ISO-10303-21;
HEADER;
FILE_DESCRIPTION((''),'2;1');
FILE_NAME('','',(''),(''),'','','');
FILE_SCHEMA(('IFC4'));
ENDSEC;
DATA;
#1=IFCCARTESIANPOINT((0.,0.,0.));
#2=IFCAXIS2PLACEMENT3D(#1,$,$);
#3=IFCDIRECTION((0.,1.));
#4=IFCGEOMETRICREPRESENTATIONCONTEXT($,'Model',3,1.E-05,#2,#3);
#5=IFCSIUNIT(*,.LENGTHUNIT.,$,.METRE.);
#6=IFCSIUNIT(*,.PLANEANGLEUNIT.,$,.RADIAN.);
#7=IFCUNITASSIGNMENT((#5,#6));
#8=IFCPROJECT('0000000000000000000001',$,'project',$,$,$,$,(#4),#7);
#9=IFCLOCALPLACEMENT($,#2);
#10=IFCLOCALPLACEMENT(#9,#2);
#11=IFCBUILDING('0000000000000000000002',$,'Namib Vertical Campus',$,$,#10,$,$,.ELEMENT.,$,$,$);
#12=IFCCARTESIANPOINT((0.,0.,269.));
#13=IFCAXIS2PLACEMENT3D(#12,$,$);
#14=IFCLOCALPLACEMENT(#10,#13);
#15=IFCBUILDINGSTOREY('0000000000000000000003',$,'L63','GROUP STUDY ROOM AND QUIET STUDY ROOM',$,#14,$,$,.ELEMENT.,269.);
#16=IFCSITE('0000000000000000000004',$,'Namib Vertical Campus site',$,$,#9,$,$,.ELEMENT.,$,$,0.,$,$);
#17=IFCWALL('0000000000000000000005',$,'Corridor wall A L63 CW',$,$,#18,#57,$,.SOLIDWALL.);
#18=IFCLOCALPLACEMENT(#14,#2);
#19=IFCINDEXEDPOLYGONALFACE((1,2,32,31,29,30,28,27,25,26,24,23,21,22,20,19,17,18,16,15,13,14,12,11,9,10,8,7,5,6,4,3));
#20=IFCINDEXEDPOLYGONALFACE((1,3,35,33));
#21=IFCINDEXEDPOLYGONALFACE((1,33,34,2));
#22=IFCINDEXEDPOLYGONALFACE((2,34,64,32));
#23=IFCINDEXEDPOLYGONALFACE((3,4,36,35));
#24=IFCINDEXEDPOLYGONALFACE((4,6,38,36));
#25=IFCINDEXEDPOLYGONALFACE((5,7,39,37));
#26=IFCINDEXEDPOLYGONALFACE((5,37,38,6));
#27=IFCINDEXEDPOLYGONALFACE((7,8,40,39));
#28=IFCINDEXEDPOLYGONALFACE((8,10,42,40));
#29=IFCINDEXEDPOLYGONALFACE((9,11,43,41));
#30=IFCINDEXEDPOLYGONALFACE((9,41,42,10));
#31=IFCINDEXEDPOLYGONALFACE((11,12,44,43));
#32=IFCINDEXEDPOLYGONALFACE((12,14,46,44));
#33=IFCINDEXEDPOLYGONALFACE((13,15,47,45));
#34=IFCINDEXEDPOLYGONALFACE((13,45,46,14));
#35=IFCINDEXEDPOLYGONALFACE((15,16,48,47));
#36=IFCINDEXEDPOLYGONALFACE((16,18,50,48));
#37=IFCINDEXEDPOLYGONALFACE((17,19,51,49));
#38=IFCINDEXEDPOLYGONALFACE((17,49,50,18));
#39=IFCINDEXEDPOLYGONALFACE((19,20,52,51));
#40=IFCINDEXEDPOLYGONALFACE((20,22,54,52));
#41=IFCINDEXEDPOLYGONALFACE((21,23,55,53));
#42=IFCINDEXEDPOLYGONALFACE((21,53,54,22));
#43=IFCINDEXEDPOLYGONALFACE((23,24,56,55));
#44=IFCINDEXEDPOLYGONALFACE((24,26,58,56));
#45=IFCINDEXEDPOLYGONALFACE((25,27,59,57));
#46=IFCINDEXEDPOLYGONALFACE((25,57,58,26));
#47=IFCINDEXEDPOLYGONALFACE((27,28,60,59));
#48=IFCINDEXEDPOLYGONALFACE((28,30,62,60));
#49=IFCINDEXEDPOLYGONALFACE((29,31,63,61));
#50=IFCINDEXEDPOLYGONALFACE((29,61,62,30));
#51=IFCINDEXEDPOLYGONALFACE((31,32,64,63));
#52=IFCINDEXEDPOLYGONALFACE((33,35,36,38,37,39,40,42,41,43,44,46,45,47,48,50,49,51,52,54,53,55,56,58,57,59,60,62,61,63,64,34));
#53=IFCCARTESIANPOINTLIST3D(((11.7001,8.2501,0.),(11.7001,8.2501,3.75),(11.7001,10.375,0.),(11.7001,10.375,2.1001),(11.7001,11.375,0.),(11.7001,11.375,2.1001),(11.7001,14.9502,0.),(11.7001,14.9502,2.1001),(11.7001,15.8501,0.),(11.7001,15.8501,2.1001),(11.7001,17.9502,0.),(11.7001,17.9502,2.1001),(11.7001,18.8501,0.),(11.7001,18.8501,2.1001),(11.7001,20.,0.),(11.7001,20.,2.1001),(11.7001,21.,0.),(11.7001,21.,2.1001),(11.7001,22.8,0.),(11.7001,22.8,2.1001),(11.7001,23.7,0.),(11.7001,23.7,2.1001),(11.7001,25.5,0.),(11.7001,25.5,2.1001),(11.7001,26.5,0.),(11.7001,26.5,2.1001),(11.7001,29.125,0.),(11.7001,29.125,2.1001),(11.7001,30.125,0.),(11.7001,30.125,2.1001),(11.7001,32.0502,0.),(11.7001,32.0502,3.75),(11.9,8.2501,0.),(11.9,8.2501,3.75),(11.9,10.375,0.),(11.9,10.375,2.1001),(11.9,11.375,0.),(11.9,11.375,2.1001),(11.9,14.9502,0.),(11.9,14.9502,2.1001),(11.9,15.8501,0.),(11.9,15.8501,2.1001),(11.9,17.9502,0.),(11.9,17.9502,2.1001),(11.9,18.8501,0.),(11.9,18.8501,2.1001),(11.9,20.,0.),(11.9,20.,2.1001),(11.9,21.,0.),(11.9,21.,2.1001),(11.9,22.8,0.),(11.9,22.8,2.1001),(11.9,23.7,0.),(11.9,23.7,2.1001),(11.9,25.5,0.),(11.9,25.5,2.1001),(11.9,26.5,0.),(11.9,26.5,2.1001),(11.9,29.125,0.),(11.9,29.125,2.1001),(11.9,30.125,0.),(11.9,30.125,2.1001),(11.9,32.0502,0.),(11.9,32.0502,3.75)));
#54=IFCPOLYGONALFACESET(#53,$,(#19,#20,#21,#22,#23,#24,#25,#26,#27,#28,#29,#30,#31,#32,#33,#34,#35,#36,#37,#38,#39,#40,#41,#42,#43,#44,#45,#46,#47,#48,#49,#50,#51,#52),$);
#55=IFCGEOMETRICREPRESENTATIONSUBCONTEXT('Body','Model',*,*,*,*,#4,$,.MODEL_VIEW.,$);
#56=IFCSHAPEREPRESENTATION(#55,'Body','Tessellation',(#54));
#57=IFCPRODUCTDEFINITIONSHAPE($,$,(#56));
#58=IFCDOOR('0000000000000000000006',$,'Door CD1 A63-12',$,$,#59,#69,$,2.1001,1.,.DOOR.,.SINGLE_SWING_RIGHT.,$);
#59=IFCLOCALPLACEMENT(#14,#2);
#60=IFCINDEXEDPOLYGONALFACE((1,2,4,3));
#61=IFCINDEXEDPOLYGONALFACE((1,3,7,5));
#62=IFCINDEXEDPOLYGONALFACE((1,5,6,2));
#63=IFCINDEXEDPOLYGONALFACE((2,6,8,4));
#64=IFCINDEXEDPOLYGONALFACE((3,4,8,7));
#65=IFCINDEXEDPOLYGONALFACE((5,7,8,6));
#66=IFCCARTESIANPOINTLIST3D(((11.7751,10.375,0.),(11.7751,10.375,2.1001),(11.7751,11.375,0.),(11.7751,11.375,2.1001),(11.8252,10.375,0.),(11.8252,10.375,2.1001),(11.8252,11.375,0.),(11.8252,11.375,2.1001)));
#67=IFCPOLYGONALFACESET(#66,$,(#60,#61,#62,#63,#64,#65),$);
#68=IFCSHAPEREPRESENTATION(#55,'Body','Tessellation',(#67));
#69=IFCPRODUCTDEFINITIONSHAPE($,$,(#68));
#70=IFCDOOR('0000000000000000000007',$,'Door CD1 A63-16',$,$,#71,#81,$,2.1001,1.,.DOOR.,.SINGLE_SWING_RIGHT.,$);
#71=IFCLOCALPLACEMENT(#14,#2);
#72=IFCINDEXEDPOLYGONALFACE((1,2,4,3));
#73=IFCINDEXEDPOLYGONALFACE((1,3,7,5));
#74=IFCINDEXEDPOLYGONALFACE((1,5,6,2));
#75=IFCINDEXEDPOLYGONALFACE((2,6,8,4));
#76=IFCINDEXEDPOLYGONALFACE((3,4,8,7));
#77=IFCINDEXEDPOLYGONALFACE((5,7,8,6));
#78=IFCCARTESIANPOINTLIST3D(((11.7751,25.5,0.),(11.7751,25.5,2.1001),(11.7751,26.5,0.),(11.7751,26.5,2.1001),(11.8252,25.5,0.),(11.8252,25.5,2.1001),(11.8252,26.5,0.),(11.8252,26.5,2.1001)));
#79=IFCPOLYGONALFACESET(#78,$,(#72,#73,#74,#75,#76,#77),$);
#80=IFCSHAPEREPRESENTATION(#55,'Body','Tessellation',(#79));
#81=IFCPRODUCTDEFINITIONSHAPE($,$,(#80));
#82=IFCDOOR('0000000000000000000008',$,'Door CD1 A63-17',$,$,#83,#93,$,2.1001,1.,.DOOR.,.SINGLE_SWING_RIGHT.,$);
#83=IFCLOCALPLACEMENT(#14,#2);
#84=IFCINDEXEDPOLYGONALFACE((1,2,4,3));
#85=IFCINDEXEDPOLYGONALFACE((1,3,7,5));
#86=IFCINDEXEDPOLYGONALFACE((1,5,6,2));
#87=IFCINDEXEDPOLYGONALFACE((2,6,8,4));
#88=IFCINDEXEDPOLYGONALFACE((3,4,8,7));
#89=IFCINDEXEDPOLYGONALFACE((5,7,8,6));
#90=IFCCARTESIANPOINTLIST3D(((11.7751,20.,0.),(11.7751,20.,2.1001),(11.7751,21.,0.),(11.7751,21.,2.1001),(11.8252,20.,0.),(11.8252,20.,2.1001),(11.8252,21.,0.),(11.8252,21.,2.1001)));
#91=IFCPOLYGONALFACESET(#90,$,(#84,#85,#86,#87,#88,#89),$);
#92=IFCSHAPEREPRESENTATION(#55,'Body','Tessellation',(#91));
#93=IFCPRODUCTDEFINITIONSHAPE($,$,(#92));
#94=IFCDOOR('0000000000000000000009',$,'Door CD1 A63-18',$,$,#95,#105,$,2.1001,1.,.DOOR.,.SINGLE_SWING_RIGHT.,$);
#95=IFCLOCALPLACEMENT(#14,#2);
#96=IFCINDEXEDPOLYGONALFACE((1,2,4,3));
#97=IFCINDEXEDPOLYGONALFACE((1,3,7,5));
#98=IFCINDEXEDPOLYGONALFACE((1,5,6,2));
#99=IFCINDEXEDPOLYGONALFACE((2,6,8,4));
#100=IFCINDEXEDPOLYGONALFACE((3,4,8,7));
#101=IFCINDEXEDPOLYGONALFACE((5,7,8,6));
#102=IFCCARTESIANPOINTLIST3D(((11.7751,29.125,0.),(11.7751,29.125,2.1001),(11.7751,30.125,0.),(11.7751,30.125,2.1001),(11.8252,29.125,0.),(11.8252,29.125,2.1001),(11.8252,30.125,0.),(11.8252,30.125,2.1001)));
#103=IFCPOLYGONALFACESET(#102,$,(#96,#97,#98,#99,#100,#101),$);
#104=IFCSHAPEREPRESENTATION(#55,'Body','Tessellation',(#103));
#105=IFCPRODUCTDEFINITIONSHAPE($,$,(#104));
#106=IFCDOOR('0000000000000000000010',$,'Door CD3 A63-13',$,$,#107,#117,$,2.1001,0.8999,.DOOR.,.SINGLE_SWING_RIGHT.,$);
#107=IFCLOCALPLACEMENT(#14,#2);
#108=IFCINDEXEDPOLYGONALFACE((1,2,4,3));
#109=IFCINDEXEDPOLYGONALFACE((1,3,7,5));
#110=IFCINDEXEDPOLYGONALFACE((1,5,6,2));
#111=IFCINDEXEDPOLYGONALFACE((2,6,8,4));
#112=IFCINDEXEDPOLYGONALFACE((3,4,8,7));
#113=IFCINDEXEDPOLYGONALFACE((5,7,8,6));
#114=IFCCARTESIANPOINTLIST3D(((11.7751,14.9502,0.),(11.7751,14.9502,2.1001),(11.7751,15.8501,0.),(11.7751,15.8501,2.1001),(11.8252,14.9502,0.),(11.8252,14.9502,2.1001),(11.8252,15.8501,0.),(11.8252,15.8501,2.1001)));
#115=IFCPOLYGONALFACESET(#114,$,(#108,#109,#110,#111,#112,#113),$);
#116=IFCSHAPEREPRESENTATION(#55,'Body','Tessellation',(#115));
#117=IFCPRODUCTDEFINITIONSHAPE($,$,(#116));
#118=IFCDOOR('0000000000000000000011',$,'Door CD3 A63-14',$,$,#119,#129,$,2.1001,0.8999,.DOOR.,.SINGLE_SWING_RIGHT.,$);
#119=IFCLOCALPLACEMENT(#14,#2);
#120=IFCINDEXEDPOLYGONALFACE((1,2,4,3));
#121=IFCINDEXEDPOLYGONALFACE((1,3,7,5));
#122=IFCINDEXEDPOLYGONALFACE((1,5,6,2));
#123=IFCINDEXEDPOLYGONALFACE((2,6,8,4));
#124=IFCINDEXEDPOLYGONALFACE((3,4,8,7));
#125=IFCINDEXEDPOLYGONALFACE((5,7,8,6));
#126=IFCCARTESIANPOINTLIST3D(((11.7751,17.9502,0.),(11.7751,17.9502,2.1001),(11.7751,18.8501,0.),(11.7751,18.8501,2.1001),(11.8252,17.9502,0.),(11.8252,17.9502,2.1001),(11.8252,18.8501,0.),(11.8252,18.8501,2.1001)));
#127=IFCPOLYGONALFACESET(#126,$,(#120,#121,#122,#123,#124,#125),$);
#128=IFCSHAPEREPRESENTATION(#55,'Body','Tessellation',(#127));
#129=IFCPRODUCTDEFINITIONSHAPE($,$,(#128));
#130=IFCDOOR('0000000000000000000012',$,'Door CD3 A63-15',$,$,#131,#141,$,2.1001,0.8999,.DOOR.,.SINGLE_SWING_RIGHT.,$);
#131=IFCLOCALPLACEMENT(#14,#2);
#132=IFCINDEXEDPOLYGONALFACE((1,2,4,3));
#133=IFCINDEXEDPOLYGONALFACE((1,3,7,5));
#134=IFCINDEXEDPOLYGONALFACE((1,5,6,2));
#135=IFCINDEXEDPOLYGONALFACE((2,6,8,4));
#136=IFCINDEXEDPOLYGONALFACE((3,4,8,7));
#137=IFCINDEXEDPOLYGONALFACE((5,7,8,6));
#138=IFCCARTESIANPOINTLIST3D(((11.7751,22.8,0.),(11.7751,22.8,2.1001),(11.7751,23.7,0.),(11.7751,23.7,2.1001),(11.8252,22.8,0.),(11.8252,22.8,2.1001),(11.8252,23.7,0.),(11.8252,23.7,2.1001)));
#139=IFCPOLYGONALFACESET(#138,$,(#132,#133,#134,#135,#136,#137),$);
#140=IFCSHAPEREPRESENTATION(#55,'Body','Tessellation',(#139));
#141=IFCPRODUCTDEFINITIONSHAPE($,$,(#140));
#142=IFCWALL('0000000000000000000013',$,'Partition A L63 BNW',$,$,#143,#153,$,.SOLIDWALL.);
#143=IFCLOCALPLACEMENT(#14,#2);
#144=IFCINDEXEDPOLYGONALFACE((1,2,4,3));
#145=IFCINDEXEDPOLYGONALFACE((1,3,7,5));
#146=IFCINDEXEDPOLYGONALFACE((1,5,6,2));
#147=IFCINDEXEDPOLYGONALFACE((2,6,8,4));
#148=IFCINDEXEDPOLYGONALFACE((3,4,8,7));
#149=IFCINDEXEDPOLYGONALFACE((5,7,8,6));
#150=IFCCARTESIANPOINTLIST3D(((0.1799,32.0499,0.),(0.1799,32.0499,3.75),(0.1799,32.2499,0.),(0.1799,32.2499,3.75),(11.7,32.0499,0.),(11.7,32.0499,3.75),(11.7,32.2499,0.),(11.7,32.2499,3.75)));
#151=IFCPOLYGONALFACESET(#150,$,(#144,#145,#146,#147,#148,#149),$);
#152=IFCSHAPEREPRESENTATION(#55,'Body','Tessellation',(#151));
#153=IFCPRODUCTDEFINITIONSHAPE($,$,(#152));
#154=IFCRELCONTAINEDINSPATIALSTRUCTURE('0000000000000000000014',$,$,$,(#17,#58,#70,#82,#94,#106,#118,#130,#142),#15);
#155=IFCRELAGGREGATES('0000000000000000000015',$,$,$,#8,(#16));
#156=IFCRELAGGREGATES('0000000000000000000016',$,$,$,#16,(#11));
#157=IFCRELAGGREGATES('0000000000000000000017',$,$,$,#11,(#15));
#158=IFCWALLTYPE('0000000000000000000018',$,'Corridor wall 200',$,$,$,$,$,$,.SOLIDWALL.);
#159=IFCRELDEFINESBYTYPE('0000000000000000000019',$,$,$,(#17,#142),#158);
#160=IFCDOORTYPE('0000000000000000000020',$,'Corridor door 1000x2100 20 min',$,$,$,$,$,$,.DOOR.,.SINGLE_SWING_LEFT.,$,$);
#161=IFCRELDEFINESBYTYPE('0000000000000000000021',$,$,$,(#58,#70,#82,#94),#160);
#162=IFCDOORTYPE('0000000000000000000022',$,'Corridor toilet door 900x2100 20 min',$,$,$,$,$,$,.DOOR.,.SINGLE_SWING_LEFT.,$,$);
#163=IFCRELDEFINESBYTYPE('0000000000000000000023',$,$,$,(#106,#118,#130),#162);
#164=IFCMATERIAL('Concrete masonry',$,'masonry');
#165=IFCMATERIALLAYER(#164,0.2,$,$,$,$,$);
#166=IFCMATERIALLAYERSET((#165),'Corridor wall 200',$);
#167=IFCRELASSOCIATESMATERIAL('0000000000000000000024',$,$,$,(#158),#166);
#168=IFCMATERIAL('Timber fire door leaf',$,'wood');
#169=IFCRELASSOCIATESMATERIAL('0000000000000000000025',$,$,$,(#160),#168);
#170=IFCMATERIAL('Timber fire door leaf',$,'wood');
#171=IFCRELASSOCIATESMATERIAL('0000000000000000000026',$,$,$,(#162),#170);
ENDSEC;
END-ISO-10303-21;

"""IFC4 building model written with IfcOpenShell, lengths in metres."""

from ifc_helpers import new_model, si_unit, direction, frame, frame_2d, origin, place, context, subcontext, project, spatial, rectangle, extrude, material, layer, layer_set, type_object, element, fill, save


model = new_model("IFC4")

# Units and contexts
model_context = context("Model", 3, precision=1e-05, world=origin(), true_north=direction((0.0, 1.0)))
body_context = subcontext(model_context, "Body", "Model", "MODEL_VIEW")
ifc_project = project(units=[si_unit("LENGTHUNIT", "METRE"), si_unit("PLANEANGLEUNIT", "RADIAN")], contexts=[model_context])

# Site, building, storey
site_placement = place(None, origin())
site = spatial("IfcSite", under=ifc_project, at=site_placement, Name="Namib Vertical Campus site", CompositionType="ELEMENT", RefElevation=0.0)
building_placement = place(site_placement, origin())
building = spatial("IfcBuilding", under=site, at=building_placement, Name="Namib Vertical Campus", CompositionType="ELEMENT")
storey_placement = place(building_placement, frame((0.0, 0.0, 269.0)))
storey = spatial("IfcBuildingStorey", under=building, at=storey_placement, Name="L63", Description="GROUP STUDY ROOM AND QUIET STUDY ROOM", CompositionType="ELEMENT", Elevation=269.0)

# Wall, openings, doors
ifc_material_1 = material(Name="Concrete masonry", Category="masonry")
ifc_layer_1 = layer(ifc_material_1, 0.2)
ifc_layer_set_1 = layer_set([ifc_layer_1], Name="Corridor wall 200")
wall_type_1 = type_object("IfcWallType", Name="Corridor wall 200", PredefinedType="SOLIDWALL", material=ifc_layer_set_1)
wall_1_placement = place(storey_placement, frame((11.8, 32.05, 0.0), z_axis=(0.0, 0.0, 1.0), x_axis=(0.0, -1.0, 0.0)))
wall_1 = element("IfcWall", 1, at=wall_1_placement, inside=storey, type_object=wall_type_1, Name="Corridor wall A L63 CW", PredefinedType="SOLIDWALL", context=body_context, shape_type="SweptSolid", body=[
    extrude(rectangle(XDim=23.8, YDim=0.2, at=frame_2d((11.8999, 0.0))), origin(), (0.0, 0.0, 1.0), 3.75),
])
opening_1_placement = place(wall_1_placement, frame((20.675, 0.0, 0.0)))
opening_1 = element("IfcOpeningElement", 2, at=opening_1_placement, cuts=wall_1, PredefinedType="OPENING", context=body_context, shape_type="SweptSolid", body=[
    extrude(rectangle(XDim=1.0, YDim=2.1001, at=frame_2d((0.5, 1.05))), frame((0.0, 0.1099, 0.0), z_axis=(0.0, -1.0, 0.0), x_axis=(1.0, 0.0, 0.0)), (0.0, 0.0, 1.0), 0.22),
])
opening_2_placement = place(wall_1_placement, frame((16.2, 0.0, 0.0)))
opening_2 = element("IfcOpeningElement", 3, at=opening_2_placement, cuts=wall_1, PredefinedType="OPENING", context=body_context, shape_type="SweptSolid", body=[
    extrude(rectangle(XDim=0.8999, YDim=2.1001, at=frame_2d((0.45, 1.05))), frame((0.0, 0.1099, 0.0), z_axis=(0.0, -1.0, 0.0), x_axis=(1.0, 0.0, 0.0)), (0.0, 0.0, 1.0), 0.22),
])
opening_3_placement = place(wall_1_placement, frame((13.2, 0.0, 0.0)))
opening_3 = element("IfcOpeningElement", 4, at=opening_3_placement, cuts=wall_1, PredefinedType="OPENING", context=body_context, shape_type="SweptSolid", body=[
    extrude(rectangle(XDim=0.8999, YDim=2.1001, at=frame_2d((0.45, 1.05))), frame((0.0, 0.1099, 0.0), z_axis=(0.0, -1.0, 0.0), x_axis=(1.0, 0.0, 0.0)), (0.0, 0.0, 1.0), 0.22),
])
opening_4_placement = place(wall_1_placement, frame((8.3501, 0.0, 0.0)))
opening_4 = element("IfcOpeningElement", 5, at=opening_4_placement, cuts=wall_1, PredefinedType="OPENING", context=body_context, shape_type="SweptSolid", body=[
    extrude(rectangle(XDim=0.8999, YDim=2.1001, at=frame_2d((0.45, 1.05))), frame((0.0, 0.1099, 0.0), z_axis=(0.0, -1.0, 0.0), x_axis=(1.0, 0.0, 0.0)), (0.0, 0.0, 1.0), 0.22),
])
opening_5_placement = place(wall_1_placement, frame((5.55, 0.0, 0.0)))
opening_5 = element("IfcOpeningElement", 6, at=opening_5_placement, cuts=wall_1, PredefinedType="OPENING", context=body_context, shape_type="SweptSolid", body=[
    extrude(rectangle(XDim=1.0, YDim=2.1001, at=frame_2d((0.5, 1.05))), frame((0.0, 0.1099, 0.0), z_axis=(0.0, -1.0, 0.0), x_axis=(1.0, 0.0, 0.0)), (0.0, 0.0, 1.0), 0.22),
])
opening_6_placement = place(wall_1_placement, frame((11.05, 0.0, 0.0)))
opening_6 = element("IfcOpeningElement", 7, at=opening_6_placement, cuts=wall_1, PredefinedType="OPENING", context=body_context, shape_type="SweptSolid", body=[
    extrude(rectangle(XDim=1.0, YDim=2.1001, at=frame_2d((0.5, 1.05))), frame((0.0, 0.1099, 0.0), z_axis=(0.0, -1.0, 0.0), x_axis=(1.0, 0.0, 0.0)), (0.0, 0.0, 1.0), 0.22),
])
opening_7_placement = place(wall_1_placement, frame((1.925, 0.0, 0.0)))
opening_7 = element("IfcOpeningElement", 8, at=opening_7_placement, cuts=wall_1, PredefinedType="OPENING", context=body_context, shape_type="SweptSolid", body=[
    extrude(rectangle(XDim=1.0, YDim=2.1001, at=frame_2d((0.5, 1.05))), frame((0.0, 0.1099, 0.0), z_axis=(0.0, -1.0, 0.0), x_axis=(1.0, 0.0, 0.0)), (0.0, 0.0, 1.0), 0.22),
])
ifc_material_2 = material(Name="Timber fire door leaf", Category="wood")
door_type_1 = type_object("IfcDoorType", Name="Corridor door 1000x2100 20 min", OperationType="SINGLE_SWING_LEFT", PredefinedType="DOOR", material=ifc_material_2)
door_1_placement = place(opening_1_placement, frame((1.0, 0.0, 0.0), z_axis=(0.0, 0.0, 1.0), x_axis=(-1.0, 0.0, 0.0)))
door_1 = element("IfcDoor", 9, at=door_1_placement, inside=storey, type_object=door_type_1, Name="Door CD1 A63-12", OperationType="SINGLE_SWING_RIGHT", OverallHeight=2.1001, OverallWidth=1.0, PredefinedType="DOOR", context=body_context, shape_type="SweptSolid", body=[
    extrude(rectangle(XDim=1.0, YDim=2.1001, at=frame_2d((0.5, 1.05))), frame((0.0, 0.0249, 0.0), z_axis=(0.0, -1.0, 0.0), x_axis=(1.0, 0.0, 0.0)), (0.0, 0.0, 1.0), 0.05),
])
fill(opening_1, door_1)
door_2_placement = place(opening_5_placement, frame((1.0, 0.0, 0.0), z_axis=(0.0, 0.0, 1.0), x_axis=(-1.0, 0.0, 0.0)))
door_2 = element("IfcDoor", 10, at=door_2_placement, inside=storey, type_object=door_type_1, Name="Door CD1 A63-16", OperationType="SINGLE_SWING_RIGHT", OverallHeight=2.1001, OverallWidth=1.0, PredefinedType="DOOR", context=body_context, shape_type="SweptSolid", body=[
    extrude(rectangle(XDim=1.0, YDim=2.1001, at=frame_2d((0.5, 1.05))), frame((0.0, 0.0249, 0.0), z_axis=(0.0, -1.0, 0.0), x_axis=(1.0, 0.0, 0.0)), (0.0, 0.0, 1.0), 0.05),
])
fill(opening_5, door_2)
door_3_placement = place(opening_6_placement, frame((1.0, 0.0, 0.0), z_axis=(0.0, 0.0, 1.0), x_axis=(-1.0, 0.0, 0.0)))
door_3 = element("IfcDoor", 11, at=door_3_placement, inside=storey, type_object=door_type_1, Name="Door CD1 A63-17", OperationType="SINGLE_SWING_RIGHT", OverallHeight=2.1001, OverallWidth=1.0, PredefinedType="DOOR", context=body_context, shape_type="SweptSolid", body=[
    extrude(rectangle(XDim=1.0, YDim=2.1001, at=frame_2d((0.5, 1.05))), frame((0.0, 0.0249, 0.0), z_axis=(0.0, -1.0, 0.0), x_axis=(1.0, 0.0, 0.0)), (0.0, 0.0, 1.0), 0.05),
])
fill(opening_6, door_3)
door_4_placement = place(opening_7_placement, frame((1.0, 0.0, 0.0), z_axis=(0.0, 0.0, 1.0), x_axis=(-1.0, 0.0, 0.0)))
door_4 = element("IfcDoor", 12, at=door_4_placement, inside=storey, type_object=door_type_1, Name="Door CD1 A63-18", OperationType="SINGLE_SWING_RIGHT", OverallHeight=2.1001, OverallWidth=1.0, PredefinedType="DOOR", context=body_context, shape_type="SweptSolid", body=[
    extrude(rectangle(XDim=1.0, YDim=2.1001, at=frame_2d((0.5, 1.05))), frame((0.0, 0.0249, 0.0), z_axis=(0.0, -1.0, 0.0), x_axis=(1.0, 0.0, 0.0)), (0.0, 0.0, 1.0), 0.05),
])
fill(opening_7, door_4)
ifc_material_3 = material(Name="Timber fire door leaf", Category="wood")
door_type_2 = type_object("IfcDoorType", Name="Corridor toilet door 900x2100 20 min", OperationType="SINGLE_SWING_LEFT", PredefinedType="DOOR", material=ifc_material_3)
door_5_placement = place(opening_2_placement, frame((0.8999, 0.0, 0.0), z_axis=(0.0, 0.0, 1.0), x_axis=(-1.0, 0.0, 0.0)))
door_5 = element("IfcDoor", 13, at=door_5_placement, inside=storey, type_object=door_type_2, Name="Door CD3 A63-13", OperationType="SINGLE_SWING_RIGHT", OverallHeight=2.1001, OverallWidth=0.8999, PredefinedType="DOOR", context=body_context, shape_type="SweptSolid", body=[
    extrude(rectangle(XDim=0.8999, YDim=2.1001, at=frame_2d((0.45, 1.05))), frame((0.0, 0.0249, 0.0), z_axis=(0.0, -1.0, 0.0), x_axis=(1.0, 0.0, 0.0)), (0.0, 0.0, 1.0), 0.05),
])
fill(opening_2, door_5)
door_6_placement = place(opening_3_placement, frame((0.8999, 0.0, 0.0), z_axis=(0.0, 0.0, 1.0), x_axis=(-1.0, 0.0, 0.0)))
door_6 = element("IfcDoor", 14, at=door_6_placement, inside=storey, type_object=door_type_2, Name="Door CD3 A63-14", OperationType="SINGLE_SWING_RIGHT", OverallHeight=2.1001, OverallWidth=0.8999, PredefinedType="DOOR", context=body_context, shape_type="SweptSolid", body=[
    extrude(rectangle(XDim=0.8999, YDim=2.1001, at=frame_2d((0.45, 1.05))), frame((0.0, 0.0249, 0.0), z_axis=(0.0, -1.0, 0.0), x_axis=(1.0, 0.0, 0.0)), (0.0, 0.0, 1.0), 0.05),
])
fill(opening_3, door_6)
door_7_placement = place(opening_4_placement, frame((0.8999, 0.0, 0.0), z_axis=(0.0, 0.0, 1.0), x_axis=(-1.0, 0.0, 0.0)))
door_7 = element("IfcDoor", 15, at=door_7_placement, inside=storey, type_object=door_type_2, Name="Door CD3 A63-15", OperationType="SINGLE_SWING_RIGHT", OverallHeight=2.1001, OverallWidth=0.8999, PredefinedType="DOOR", context=body_context, shape_type="SweptSolid", body=[
    extrude(rectangle(XDim=0.8999, YDim=2.1001, at=frame_2d((0.45, 1.05))), frame((0.0, 0.0249, 0.0), z_axis=(0.0, -1.0, 0.0), x_axis=(1.0, 0.0, 0.0)), (0.0, 0.0, 1.0), 0.05),
])
fill(opening_4, door_7)

# Wall
wall_2_placement = place(storey_placement, frame((0.1799, 32.1499, 0.0), z_axis=(0.0, 0.0, 1.0), x_axis=(1.0, 0.0, 0.0)))
element("IfcWall", 16, at=wall_2_placement, inside=storey, type_object=wall_type_1, Name="Partition A L63 BNW", PredefinedType="SOLIDWALL", context=body_context, shape_type="SweptSolid", body=[
    extrude(rectangle(XDim=11.52, YDim=0.2, at=frame_2d((5.76, 0.0))), origin(), (0.0, 0.0, 1.0), 3.75),
])

save(model, "model.ifc")
